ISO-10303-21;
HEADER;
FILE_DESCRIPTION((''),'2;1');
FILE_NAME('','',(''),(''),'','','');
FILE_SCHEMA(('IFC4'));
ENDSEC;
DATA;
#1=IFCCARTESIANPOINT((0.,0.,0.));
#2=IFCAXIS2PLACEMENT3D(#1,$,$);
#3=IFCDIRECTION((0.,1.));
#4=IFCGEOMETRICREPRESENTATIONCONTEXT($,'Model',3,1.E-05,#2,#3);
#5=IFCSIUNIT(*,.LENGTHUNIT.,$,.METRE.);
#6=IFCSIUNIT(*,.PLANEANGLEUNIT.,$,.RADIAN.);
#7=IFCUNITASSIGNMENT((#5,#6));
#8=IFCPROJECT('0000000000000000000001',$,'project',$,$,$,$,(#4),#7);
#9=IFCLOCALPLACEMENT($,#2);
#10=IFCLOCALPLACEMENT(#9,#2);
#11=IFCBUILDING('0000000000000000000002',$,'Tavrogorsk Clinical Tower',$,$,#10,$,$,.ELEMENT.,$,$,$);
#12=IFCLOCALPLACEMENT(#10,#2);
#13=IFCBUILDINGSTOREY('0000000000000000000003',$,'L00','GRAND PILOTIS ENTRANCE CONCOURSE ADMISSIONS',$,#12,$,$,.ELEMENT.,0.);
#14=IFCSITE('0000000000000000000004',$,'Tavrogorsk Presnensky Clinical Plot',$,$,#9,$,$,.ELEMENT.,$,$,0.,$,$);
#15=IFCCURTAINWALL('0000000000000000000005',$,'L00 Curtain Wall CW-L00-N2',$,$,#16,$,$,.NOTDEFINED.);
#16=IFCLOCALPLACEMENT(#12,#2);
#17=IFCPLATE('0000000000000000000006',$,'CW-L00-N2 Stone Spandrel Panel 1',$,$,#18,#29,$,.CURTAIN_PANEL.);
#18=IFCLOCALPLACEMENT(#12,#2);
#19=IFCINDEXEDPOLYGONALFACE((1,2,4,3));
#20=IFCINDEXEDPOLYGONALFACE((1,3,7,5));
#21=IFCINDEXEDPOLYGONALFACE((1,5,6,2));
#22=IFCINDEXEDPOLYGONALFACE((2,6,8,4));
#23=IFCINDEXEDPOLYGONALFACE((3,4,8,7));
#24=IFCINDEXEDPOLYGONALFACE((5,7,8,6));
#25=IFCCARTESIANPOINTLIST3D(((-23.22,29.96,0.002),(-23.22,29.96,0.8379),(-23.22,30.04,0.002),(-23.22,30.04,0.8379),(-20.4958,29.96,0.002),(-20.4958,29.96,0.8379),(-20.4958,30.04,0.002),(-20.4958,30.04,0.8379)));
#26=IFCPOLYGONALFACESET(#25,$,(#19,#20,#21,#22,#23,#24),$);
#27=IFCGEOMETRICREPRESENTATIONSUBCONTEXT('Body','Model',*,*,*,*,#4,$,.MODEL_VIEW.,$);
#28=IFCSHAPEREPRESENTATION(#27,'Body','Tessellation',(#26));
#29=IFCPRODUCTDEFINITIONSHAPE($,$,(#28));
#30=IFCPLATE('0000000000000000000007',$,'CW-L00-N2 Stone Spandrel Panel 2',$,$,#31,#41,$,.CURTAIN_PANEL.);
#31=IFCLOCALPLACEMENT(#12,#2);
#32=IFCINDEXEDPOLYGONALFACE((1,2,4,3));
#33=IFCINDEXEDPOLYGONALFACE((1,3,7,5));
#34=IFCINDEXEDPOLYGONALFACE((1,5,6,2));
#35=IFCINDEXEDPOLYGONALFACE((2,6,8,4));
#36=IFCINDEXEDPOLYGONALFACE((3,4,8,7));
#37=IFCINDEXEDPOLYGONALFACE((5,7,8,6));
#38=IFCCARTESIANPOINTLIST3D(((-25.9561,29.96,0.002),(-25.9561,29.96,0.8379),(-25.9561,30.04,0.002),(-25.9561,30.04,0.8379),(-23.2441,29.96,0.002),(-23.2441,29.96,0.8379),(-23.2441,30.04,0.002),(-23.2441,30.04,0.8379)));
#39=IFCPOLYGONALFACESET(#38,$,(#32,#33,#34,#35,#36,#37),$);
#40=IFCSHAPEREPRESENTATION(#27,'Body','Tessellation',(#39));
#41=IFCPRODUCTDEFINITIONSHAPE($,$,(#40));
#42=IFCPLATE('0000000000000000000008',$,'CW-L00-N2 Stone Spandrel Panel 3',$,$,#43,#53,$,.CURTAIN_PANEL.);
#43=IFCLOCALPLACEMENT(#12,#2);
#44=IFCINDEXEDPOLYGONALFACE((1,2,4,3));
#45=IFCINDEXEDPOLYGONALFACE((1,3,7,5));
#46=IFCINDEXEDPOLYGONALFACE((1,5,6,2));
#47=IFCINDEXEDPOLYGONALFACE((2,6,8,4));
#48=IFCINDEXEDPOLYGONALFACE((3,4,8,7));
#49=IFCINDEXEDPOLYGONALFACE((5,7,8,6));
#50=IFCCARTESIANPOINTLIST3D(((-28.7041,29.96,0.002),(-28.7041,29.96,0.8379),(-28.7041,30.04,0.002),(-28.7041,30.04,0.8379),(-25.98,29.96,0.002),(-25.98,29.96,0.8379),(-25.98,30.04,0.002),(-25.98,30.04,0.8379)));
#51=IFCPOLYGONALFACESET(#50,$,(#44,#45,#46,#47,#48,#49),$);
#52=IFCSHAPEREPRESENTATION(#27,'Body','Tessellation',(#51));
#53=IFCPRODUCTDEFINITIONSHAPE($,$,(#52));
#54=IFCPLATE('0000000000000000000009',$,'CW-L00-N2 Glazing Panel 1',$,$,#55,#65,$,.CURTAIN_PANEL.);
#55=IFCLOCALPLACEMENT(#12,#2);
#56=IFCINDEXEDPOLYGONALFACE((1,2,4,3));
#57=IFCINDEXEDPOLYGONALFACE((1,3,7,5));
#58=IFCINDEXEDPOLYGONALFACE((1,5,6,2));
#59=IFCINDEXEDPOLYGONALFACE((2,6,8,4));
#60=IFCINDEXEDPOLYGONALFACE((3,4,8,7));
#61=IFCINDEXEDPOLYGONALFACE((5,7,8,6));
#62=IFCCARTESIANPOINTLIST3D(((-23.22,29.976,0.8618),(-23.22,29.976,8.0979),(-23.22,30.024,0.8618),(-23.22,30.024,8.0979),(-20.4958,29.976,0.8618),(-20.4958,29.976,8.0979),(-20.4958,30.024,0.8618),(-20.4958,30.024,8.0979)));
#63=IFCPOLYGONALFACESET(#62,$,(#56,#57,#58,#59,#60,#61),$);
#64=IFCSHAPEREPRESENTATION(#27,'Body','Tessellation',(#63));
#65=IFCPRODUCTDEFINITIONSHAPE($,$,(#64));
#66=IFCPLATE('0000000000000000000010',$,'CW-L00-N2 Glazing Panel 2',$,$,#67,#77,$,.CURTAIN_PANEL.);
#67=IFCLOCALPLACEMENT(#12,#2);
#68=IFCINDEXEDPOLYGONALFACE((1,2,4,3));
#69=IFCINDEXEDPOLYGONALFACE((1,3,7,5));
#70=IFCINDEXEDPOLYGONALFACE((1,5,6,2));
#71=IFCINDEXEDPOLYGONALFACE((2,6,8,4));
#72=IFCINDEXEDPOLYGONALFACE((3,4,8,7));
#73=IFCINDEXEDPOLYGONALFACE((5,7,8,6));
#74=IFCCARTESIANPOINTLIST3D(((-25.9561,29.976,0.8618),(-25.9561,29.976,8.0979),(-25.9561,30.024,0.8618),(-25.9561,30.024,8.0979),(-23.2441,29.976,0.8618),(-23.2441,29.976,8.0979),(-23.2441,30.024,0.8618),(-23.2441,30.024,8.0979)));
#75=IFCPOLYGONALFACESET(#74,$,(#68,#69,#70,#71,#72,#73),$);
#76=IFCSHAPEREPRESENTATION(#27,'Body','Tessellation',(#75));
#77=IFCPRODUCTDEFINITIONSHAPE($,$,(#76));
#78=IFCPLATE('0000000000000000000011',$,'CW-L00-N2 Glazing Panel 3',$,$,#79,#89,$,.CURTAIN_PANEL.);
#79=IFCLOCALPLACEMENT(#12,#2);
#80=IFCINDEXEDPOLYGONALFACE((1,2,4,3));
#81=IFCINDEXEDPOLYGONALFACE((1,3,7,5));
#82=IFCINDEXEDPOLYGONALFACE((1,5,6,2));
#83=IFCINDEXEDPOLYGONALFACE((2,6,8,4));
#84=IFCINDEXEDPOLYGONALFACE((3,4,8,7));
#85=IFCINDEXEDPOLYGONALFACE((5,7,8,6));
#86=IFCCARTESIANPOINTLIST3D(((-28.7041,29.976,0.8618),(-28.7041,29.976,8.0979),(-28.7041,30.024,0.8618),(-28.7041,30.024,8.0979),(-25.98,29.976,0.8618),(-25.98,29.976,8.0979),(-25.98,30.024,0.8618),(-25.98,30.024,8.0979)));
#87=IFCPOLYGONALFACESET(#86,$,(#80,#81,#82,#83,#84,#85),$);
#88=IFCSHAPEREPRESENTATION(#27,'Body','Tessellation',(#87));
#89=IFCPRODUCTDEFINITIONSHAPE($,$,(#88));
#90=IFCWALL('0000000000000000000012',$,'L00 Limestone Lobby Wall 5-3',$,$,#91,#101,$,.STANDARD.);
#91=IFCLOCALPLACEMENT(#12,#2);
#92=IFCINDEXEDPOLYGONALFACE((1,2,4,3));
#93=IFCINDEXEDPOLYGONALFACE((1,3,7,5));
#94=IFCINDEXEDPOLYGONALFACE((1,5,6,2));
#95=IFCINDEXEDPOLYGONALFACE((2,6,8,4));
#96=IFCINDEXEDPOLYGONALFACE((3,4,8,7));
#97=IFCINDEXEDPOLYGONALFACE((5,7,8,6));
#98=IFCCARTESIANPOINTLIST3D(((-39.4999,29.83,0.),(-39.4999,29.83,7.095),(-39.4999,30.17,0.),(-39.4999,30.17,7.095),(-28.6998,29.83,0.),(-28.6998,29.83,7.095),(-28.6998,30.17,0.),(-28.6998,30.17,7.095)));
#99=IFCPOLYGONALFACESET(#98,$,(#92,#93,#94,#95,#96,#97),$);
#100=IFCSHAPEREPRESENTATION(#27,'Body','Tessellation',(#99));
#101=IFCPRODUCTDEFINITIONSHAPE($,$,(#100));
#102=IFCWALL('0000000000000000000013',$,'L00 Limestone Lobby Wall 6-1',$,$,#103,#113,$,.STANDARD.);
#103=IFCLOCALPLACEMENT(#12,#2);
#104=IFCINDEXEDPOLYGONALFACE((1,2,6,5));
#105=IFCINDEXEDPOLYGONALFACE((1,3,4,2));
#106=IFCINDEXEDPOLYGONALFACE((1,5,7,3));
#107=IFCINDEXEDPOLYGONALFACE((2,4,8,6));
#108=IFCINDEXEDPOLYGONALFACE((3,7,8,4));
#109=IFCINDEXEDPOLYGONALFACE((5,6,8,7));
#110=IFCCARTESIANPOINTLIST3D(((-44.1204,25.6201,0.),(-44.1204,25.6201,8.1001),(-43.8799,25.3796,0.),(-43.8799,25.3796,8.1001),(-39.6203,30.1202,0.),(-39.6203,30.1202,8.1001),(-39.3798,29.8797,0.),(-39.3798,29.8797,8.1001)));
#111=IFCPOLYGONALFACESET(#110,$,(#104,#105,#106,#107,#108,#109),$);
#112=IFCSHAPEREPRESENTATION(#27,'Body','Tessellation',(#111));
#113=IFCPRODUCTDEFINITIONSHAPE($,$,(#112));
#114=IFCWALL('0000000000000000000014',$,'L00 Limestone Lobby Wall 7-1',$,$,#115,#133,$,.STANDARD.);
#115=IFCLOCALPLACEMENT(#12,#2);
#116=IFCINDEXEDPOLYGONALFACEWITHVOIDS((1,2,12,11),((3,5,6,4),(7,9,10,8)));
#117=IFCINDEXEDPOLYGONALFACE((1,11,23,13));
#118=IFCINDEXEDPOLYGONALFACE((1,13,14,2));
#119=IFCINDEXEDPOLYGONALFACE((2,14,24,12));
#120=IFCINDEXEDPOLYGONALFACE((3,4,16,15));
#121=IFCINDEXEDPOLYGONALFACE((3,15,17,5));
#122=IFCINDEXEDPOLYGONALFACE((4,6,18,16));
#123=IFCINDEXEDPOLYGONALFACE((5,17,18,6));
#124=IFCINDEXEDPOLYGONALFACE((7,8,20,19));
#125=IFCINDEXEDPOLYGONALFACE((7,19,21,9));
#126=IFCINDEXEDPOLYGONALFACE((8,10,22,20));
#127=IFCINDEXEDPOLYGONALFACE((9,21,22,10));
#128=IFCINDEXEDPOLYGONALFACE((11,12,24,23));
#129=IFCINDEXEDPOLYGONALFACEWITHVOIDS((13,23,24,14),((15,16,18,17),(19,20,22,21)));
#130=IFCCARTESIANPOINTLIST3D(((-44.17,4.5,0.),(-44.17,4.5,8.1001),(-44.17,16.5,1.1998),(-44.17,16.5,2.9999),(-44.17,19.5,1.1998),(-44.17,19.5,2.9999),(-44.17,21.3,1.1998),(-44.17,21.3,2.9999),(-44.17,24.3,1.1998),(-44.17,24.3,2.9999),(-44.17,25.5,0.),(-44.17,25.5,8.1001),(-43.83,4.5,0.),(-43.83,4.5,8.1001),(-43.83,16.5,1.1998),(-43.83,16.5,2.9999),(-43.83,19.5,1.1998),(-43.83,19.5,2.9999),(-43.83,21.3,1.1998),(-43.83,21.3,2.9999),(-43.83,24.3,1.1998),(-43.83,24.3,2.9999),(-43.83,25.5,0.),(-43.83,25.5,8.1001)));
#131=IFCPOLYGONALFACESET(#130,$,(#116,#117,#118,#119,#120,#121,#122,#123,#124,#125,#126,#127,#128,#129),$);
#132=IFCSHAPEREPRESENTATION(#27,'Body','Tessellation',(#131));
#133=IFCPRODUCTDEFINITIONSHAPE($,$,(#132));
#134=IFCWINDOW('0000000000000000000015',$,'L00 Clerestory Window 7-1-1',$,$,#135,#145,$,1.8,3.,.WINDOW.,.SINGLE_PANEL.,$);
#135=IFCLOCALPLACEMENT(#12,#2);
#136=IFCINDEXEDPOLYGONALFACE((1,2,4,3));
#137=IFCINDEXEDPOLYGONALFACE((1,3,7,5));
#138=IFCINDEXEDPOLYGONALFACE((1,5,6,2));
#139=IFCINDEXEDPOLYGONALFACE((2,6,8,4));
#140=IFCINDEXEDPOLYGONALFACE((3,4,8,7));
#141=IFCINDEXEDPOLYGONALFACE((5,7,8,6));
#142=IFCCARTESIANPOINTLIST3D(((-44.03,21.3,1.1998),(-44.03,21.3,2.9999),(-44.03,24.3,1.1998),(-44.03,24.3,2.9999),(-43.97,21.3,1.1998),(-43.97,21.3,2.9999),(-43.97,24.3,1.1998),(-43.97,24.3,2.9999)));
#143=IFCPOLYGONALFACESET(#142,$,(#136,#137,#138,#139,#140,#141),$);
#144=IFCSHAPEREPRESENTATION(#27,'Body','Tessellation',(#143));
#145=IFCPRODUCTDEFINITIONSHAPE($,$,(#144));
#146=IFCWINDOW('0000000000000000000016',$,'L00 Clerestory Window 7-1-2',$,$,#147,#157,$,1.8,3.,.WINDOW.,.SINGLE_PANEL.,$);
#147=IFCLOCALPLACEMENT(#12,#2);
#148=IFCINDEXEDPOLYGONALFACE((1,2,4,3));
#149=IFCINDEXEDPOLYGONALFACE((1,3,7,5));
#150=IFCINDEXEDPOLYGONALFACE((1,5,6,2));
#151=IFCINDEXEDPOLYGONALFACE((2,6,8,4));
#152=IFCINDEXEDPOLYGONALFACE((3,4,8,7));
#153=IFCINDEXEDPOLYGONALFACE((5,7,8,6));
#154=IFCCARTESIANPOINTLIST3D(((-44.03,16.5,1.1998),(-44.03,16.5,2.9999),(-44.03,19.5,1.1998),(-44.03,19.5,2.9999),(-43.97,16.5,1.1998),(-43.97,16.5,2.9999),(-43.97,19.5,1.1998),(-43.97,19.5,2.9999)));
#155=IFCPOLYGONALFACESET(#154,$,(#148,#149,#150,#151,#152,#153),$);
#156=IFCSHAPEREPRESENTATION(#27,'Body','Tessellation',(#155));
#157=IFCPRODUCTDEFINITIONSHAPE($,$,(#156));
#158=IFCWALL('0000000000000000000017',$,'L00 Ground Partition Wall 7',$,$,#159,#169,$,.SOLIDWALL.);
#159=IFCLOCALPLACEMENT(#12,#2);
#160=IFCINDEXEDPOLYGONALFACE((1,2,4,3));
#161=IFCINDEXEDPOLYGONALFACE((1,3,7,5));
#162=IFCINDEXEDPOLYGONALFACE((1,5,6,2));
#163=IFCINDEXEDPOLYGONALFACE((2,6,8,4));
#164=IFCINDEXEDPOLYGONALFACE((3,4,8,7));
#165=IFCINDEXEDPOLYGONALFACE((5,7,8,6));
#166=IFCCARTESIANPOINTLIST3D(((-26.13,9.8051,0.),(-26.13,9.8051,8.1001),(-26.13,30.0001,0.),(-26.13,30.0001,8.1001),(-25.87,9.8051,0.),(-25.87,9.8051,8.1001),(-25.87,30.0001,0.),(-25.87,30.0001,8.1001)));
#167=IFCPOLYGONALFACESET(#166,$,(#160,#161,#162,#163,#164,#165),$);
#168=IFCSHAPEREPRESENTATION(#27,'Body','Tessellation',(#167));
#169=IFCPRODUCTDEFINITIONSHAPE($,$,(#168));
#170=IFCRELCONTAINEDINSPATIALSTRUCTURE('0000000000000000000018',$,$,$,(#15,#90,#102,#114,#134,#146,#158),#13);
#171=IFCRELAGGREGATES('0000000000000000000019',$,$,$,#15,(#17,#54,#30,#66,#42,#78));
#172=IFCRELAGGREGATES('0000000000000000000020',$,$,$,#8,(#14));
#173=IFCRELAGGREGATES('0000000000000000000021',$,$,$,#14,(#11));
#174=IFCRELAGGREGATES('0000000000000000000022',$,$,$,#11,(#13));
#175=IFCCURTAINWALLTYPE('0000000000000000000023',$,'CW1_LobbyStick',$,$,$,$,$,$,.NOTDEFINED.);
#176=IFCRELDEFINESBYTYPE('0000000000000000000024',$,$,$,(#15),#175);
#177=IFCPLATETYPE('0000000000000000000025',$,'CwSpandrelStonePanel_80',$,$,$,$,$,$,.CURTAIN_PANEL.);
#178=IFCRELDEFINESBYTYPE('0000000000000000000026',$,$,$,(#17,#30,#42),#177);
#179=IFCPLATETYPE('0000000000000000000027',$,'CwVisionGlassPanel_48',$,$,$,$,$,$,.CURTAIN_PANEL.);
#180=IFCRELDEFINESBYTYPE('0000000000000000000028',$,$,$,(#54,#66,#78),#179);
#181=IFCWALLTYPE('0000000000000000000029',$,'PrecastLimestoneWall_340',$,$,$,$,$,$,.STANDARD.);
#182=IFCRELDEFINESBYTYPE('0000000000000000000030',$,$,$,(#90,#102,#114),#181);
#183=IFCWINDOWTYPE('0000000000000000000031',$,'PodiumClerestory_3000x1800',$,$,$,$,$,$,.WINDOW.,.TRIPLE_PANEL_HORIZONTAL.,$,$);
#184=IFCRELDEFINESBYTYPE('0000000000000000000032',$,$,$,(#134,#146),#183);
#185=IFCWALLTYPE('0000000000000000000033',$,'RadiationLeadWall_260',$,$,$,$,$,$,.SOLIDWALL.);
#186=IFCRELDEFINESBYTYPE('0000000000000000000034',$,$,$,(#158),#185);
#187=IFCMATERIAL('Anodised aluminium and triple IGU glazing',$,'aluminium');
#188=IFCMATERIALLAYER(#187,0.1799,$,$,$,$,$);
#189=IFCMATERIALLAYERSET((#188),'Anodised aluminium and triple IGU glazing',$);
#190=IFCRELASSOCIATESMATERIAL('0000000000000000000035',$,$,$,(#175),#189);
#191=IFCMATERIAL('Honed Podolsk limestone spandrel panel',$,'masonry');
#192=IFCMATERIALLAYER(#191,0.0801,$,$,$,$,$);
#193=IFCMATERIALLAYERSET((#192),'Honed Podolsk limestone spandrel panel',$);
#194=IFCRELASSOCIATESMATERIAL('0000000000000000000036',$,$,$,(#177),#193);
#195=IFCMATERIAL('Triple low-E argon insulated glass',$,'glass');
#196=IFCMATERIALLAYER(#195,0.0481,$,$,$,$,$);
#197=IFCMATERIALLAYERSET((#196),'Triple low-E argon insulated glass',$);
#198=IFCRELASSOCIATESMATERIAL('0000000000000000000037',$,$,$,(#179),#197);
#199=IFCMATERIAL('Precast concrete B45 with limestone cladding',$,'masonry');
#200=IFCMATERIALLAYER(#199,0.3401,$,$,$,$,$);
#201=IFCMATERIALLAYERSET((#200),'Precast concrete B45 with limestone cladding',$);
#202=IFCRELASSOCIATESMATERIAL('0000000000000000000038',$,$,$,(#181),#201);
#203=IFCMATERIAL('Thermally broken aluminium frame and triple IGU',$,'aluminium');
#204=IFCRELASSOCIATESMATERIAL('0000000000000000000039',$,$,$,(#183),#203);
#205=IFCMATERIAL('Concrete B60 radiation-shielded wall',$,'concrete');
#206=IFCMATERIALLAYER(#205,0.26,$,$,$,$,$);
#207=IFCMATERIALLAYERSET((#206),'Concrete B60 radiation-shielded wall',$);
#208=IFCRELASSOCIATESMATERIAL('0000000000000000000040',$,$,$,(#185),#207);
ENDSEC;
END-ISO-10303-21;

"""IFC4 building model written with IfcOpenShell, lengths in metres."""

from ifc_helpers import new_model, si_unit, direction, frame, frame_2d, origin, origin_2d, place, context, subcontext, project, spatial, rectangle, extrude, material, layer, layer_set, type_object, element, fill, aggregate, save


model = new_model("IFC4")

# Units and contexts
model_context = context("Model", 3, precision=1e-05, world=origin(), true_north=direction((0.0, 1.0)))
body_context = subcontext(model_context, "Body", "Model", "MODEL_VIEW")
ifc_project = project(units=[si_unit("LENGTHUNIT", "METRE"), si_unit("PLANEANGLEUNIT", "RADIAN")], contexts=[model_context])

# Site, building, storey
site_placement = place(None, origin())
site = spatial("IfcSite", under=ifc_project, at=site_placement, Name="Tavrogorsk Presnensky Clinical Plot", CompositionType="ELEMENT", RefElevation=0.0)
building_placement = place(site_placement, origin())
building = spatial("IfcBuilding", under=site, at=building_placement, Name="Tavrogorsk Clinical Tower", CompositionType="ELEMENT")
storey_placement = place(building_placement, origin())
storey = spatial("IfcBuildingStorey", under=building, at=storey_placement, Name="L00", Description="GRAND PILOTIS ENTRANCE CONCOURSE ADMISSIONS", CompositionType="ELEMENT", Elevation=0.0)

# Curtain wall
ifc_material_1 = material(Name="Anodised aluminium and triple IGU glazing", Category="aluminium")
ifc_layer_1 = layer(ifc_material_1, 0.1799)
ifc_layer_set_1 = layer_set([ifc_layer_1], Name="Anodised aluminium and triple IGU glazing")
curtain_wall_type = type_object("IfcCurtainWallType", Name="CW1_LobbyStick", PredefinedType="NOTDEFINED", material=ifc_layer_set_1)
curtain_wall_placement = place(storey_placement, origin())
curtain_wall = element("IfcCurtainWall", 1, at=curtain_wall_placement, inside=storey, type_object=curtain_wall_type, Name="L00 Curtain Wall CW-L00-N2", PredefinedType="NOTDEFINED")

# Plates
ifc_material_2 = material(Name="Honed Podolsk limestone spandrel panel", Category="masonry")
ifc_layer_2 = layer(ifc_material_2, 0.0801)
ifc_layer_set_2 = layer_set([ifc_layer_2], Name="Honed Podolsk limestone spandrel panel")
plate_type_1 = type_object("IfcPlateType", Name="CwSpandrelStonePanel_80", PredefinedType="CURTAIN_PANEL", material=ifc_layer_set_2)
plate_1_placement = place(storey_placement, frame((-21.8579, 30.0, 0.002), z_axis=(0.0, 0.0, 1.0), x_axis=(-1.0, 0.0, 0.0)))
plate_1 = element("IfcPlate", 2, at=plate_1_placement, type_object=plate_type_1, Name="CW-L00-N2 Stone Spandrel Panel 1", PredefinedType="CURTAIN_PANEL", context=body_context, shape_type="SweptSolid", body=[
    extrude(rectangle(XDim=2.7241, YDim=0.0801, at=origin_2d()), origin(), (0.0, 0.0, 1.0), 0.8359),
])
plate_2_placement = place(storey_placement, frame((-24.6001, 30.0, 0.002), z_axis=(0.0, 0.0, 1.0), x_axis=(-1.0, 0.0, 0.0)))
plate_2 = element("IfcPlate", 3, at=plate_2_placement, type_object=plate_type_1, Name="CW-L00-N2 Stone Spandrel Panel 2", PredefinedType="CURTAIN_PANEL", context=body_context, shape_type="SweptSolid", body=[
    extrude(rectangle(XDim=2.7119, YDim=0.0801, at=origin_2d()), origin(), (0.0, 0.0, 1.0), 0.8359),
])
plate_3_placement = place(storey_placement, frame((-27.342, 30.0, 0.002), z_axis=(0.0, 0.0, 1.0), x_axis=(-1.0, 0.0, 0.0)))
plate_3 = element("IfcPlate", 4, at=plate_3_placement, type_object=plate_type_1, Name="CW-L00-N2 Stone Spandrel Panel 3", PredefinedType="CURTAIN_PANEL", context=body_context, shape_type="SweptSolid", body=[
    extrude(rectangle(XDim=2.7241, YDim=0.0801, at=origin_2d()), origin(), (0.0, 0.0, 1.0), 0.8359),
])
ifc_material_3 = material(Name="Triple low-E argon insulated glass", Category="glass")
ifc_layer_3 = layer(ifc_material_3, 0.0481)
ifc_layer_set_3 = layer_set([ifc_layer_3], Name="Triple low-E argon insulated glass")
plate_type_2 = type_object("IfcPlateType", Name="CwVisionGlassPanel_48", PredefinedType="CURTAIN_PANEL", material=ifc_layer_set_3)
plate_4_placement = place(storey_placement, frame((-21.8579, 30.0, 0.8618), z_axis=(0.0, 0.0, 1.0), x_axis=(-1.0, 0.0, 0.0)))
plate_4 = element("IfcPlate", 5, at=plate_4_placement, type_object=plate_type_2, Name="CW-L00-N2 Glazing Panel 1", PredefinedType="CURTAIN_PANEL", context=body_context, shape_type="SweptSolid", body=[
    extrude(rectangle(XDim=2.7241, YDim=0.0481, at=origin_2d()), origin(), (0.0, 0.0, 1.0), 7.2361),
])
plate_5_placement = place(storey_placement, frame((-24.6001, 30.0, 0.8618), z_axis=(0.0, 0.0, 1.0), x_axis=(-1.0, 0.0, 0.0)))
plate_5 = element("IfcPlate", 6, at=plate_5_placement, type_object=plate_type_2, Name="CW-L00-N2 Glazing Panel 2", PredefinedType="CURTAIN_PANEL", context=body_context, shape_type="SweptSolid", body=[
    extrude(rectangle(XDim=2.7119, YDim=0.0481, at=origin_2d()), origin(), (0.0, 0.0, 1.0), 7.2361),
])
plate_6_placement = place(storey_placement, frame((-27.342, 30.0, 0.8618), z_axis=(0.0, 0.0, 1.0), x_axis=(-1.0, 0.0, 0.0)))
plate_6 = element("IfcPlate", 7, at=plate_6_placement, type_object=plate_type_2, Name="CW-L00-N2 Glazing Panel 3", PredefinedType="CURTAIN_PANEL", context=body_context, shape_type="SweptSolid", body=[
    extrude(rectangle(XDim=2.7241, YDim=0.0481, at=origin_2d()), origin(), (0.0, 0.0, 1.0), 7.2361),
])
aggregate(curtain_wall, [plate_1, plate_4, plate_2, plate_5, plate_3, plate_6])

# Walls
ifc_material_4 = material(Name="Precast concrete B45 with limestone cladding", Category="masonry")
ifc_layer_4 = layer(ifc_material_4, 0.3401)
ifc_layer_set_4 = layer_set([ifc_layer_4], Name="Precast concrete B45 with limestone cladding")
wall_type_1 = type_object("IfcWallType", Name="PrecastLimestoneWall_340", PredefinedType="STANDARD", material=ifc_layer_set_4)
wall_1_placement = place(storey_placement, frame((-28.7, 30.0, 0.0), z_axis=(0.0, 0.0, 1.0), x_axis=(-1.0, 0.0, 0.0)))
element("IfcWall", 8, at=wall_1_placement, inside=storey, type_object=wall_type_1, Name="L00 Limestone Lobby Wall 5-3", PredefinedType="STANDARD", context=body_context, shape_type="SweptSolid", body=[
    extrude(rectangle(XDim=10.8, YDim=0.3401, at=frame_2d((5.3999, 0.0))), origin(), (0.0, 0.0, 1.0), 7.095),
])
wall_2_placement = place(storey_placement, frame((-39.5, 30.0, 0.0), z_axis=(0.0, 0.0, 1.0), x_axis=(-0.707107, -0.707107, 0.0)))
element("IfcWall", 9, at=wall_2_placement, inside=storey, type_object=wall_type_1, Name="L00 Limestone Lobby Wall 6-1", PredefinedType="STANDARD", context=body_context, shape_type="SweptSolid", body=[
    extrude(rectangle(XDim=6.364, YDim=0.3401, at=frame_2d((3.1821, 0.0))), origin(), (0.0, 0.0, 1.0), 8.1001),
])

# Wall, openings, windows
wall_3_placement = place(storey_placement, frame((-44.0, 25.5, 0.0), z_axis=(0.0, 0.0, 1.0), x_axis=(0.0, -1.0, 0.0)))
wall_3 = element("IfcWall", 10, at=wall_3_placement, inside=storey, type_object=wall_type_1, Name="L00 Limestone Lobby Wall 7-1", PredefinedType="STANDARD", context=body_context, shape_type="SweptSolid", body=[
    extrude(rectangle(XDim=21.0, YDim=0.3401, at=frame_2d((10.5, 0.0))), origin(), (0.0, 0.0, 1.0), 8.1001),
])
opening_1_placement = place(wall_3_placement, frame((1.2, 0.0, 1.2)))
opening_1 = element("IfcOpeningElement", 11, at=opening_1_placement, cuts=wall_3, PredefinedType="OPENING", context=body_context, shape_type="SweptSolid", body=[
    extrude(rectangle(XDim=3.0, YDim=1.8, at=frame_2d((1.5, 0.8999))), frame((0.0, 0.1799, 0.0), z_axis=(0.0, -1.0, 0.0), x_axis=(1.0, 0.0, 0.0)), (0.0, 0.0, 1.0), 0.3601),
])
opening_2_placement = place(wall_3_placement, frame((6.0, 0.0, 1.2)))
opening_2 = element("IfcOpeningElement", 12, at=opening_2_placement, cuts=wall_3, PredefinedType="OPENING", context=body_context, shape_type="SweptSolid", body=[
    extrude(rectangle(XDim=3.0, YDim=1.8, at=frame_2d((1.5, 0.8999))), frame((0.0, 0.1799, 0.0), z_axis=(0.0, -1.0, 0.0), x_axis=(1.0, 0.0, 0.0)), (0.0, 0.0, 1.0), 0.3601),
])
ifc_material_5 = material(Name="Thermally broken aluminium frame and triple IGU", Category="aluminium")
window_type = type_object("IfcWindowType", Name="PodiumClerestory_3000x1800", PartitioningType="TRIPLE_PANEL_HORIZONTAL", PredefinedType="WINDOW", material=ifc_material_5)
window_1_placement = place(opening_1_placement, origin())
window_1 = element("IfcWindow", 13, at=window_1_placement, inside=storey, type_object=window_type, Name="L00 Clerestory Window 7-1-1", OverallHeight=1.8, OverallWidth=3.0, PartitioningType="SINGLE_PANEL", PredefinedType="WINDOW", context=body_context, shape_type="SweptSolid", body=[
    extrude(rectangle(XDim=3.0, YDim=1.8, at=frame_2d((1.5, 0.8999))), frame((0.0, 0.03, 0.0), z_axis=(0.0, -1.0, 0.0), x_axis=(1.0, 0.0, 0.0)), (0.0, 0.0, 1.0), 0.0601),
])
fill(opening_1, window_1)
window_2_placement = place(opening_2_placement, origin())
window_2 = element("IfcWindow", 14, at=window_2_placement, inside=storey, type_object=window_type, Name="L00 Clerestory Window 7-1-2", OverallHeight=1.8, OverallWidth=3.0, PartitioningType="SINGLE_PANEL", PredefinedType="WINDOW", context=body_context, shape_type="SweptSolid", body=[
    extrude(rectangle(XDim=3.0, YDim=1.8, at=frame_2d((1.5, 0.8999))), frame((0.0, 0.03, 0.0), z_axis=(0.0, -1.0, 0.0), x_axis=(1.0, 0.0, 0.0)), (0.0, 0.0, 1.0), 0.0601),
])
fill(opening_2, window_2)

# Wall
ifc_material_6 = material(Name="Concrete B60 radiation-shielded wall", Category="concrete")
ifc_layer_5 = layer(ifc_material_6, 0.26)
ifc_layer_set_5 = layer_set([ifc_layer_5], Name="Concrete B60 radiation-shielded wall")
wall_type_2 = type_object("IfcWallType", Name="RadiationLeadWall_260", PredefinedType="SOLIDWALL", material=ifc_layer_set_5)
wall_4_placement = place(storey_placement, frame((-26.0, 9.8049, 0.0), z_axis=(0.0, 0.0, 1.0), x_axis=(0.0, 1.0, 0.0)))
element("IfcWall", 15, at=wall_4_placement, inside=storey, type_object=wall_type_2, Name="L00 Ground Partition Wall 7", PredefinedType="SOLIDWALL", context=body_context, shape_type="SweptSolid", body=[
    extrude(rectangle(XDim=20.1951, YDim=0.26, at=frame_2d((10.0977, 0.0))), origin(), (0.0, 0.0, 1.0), 8.1001),
])

save(model, "model.ifc")
